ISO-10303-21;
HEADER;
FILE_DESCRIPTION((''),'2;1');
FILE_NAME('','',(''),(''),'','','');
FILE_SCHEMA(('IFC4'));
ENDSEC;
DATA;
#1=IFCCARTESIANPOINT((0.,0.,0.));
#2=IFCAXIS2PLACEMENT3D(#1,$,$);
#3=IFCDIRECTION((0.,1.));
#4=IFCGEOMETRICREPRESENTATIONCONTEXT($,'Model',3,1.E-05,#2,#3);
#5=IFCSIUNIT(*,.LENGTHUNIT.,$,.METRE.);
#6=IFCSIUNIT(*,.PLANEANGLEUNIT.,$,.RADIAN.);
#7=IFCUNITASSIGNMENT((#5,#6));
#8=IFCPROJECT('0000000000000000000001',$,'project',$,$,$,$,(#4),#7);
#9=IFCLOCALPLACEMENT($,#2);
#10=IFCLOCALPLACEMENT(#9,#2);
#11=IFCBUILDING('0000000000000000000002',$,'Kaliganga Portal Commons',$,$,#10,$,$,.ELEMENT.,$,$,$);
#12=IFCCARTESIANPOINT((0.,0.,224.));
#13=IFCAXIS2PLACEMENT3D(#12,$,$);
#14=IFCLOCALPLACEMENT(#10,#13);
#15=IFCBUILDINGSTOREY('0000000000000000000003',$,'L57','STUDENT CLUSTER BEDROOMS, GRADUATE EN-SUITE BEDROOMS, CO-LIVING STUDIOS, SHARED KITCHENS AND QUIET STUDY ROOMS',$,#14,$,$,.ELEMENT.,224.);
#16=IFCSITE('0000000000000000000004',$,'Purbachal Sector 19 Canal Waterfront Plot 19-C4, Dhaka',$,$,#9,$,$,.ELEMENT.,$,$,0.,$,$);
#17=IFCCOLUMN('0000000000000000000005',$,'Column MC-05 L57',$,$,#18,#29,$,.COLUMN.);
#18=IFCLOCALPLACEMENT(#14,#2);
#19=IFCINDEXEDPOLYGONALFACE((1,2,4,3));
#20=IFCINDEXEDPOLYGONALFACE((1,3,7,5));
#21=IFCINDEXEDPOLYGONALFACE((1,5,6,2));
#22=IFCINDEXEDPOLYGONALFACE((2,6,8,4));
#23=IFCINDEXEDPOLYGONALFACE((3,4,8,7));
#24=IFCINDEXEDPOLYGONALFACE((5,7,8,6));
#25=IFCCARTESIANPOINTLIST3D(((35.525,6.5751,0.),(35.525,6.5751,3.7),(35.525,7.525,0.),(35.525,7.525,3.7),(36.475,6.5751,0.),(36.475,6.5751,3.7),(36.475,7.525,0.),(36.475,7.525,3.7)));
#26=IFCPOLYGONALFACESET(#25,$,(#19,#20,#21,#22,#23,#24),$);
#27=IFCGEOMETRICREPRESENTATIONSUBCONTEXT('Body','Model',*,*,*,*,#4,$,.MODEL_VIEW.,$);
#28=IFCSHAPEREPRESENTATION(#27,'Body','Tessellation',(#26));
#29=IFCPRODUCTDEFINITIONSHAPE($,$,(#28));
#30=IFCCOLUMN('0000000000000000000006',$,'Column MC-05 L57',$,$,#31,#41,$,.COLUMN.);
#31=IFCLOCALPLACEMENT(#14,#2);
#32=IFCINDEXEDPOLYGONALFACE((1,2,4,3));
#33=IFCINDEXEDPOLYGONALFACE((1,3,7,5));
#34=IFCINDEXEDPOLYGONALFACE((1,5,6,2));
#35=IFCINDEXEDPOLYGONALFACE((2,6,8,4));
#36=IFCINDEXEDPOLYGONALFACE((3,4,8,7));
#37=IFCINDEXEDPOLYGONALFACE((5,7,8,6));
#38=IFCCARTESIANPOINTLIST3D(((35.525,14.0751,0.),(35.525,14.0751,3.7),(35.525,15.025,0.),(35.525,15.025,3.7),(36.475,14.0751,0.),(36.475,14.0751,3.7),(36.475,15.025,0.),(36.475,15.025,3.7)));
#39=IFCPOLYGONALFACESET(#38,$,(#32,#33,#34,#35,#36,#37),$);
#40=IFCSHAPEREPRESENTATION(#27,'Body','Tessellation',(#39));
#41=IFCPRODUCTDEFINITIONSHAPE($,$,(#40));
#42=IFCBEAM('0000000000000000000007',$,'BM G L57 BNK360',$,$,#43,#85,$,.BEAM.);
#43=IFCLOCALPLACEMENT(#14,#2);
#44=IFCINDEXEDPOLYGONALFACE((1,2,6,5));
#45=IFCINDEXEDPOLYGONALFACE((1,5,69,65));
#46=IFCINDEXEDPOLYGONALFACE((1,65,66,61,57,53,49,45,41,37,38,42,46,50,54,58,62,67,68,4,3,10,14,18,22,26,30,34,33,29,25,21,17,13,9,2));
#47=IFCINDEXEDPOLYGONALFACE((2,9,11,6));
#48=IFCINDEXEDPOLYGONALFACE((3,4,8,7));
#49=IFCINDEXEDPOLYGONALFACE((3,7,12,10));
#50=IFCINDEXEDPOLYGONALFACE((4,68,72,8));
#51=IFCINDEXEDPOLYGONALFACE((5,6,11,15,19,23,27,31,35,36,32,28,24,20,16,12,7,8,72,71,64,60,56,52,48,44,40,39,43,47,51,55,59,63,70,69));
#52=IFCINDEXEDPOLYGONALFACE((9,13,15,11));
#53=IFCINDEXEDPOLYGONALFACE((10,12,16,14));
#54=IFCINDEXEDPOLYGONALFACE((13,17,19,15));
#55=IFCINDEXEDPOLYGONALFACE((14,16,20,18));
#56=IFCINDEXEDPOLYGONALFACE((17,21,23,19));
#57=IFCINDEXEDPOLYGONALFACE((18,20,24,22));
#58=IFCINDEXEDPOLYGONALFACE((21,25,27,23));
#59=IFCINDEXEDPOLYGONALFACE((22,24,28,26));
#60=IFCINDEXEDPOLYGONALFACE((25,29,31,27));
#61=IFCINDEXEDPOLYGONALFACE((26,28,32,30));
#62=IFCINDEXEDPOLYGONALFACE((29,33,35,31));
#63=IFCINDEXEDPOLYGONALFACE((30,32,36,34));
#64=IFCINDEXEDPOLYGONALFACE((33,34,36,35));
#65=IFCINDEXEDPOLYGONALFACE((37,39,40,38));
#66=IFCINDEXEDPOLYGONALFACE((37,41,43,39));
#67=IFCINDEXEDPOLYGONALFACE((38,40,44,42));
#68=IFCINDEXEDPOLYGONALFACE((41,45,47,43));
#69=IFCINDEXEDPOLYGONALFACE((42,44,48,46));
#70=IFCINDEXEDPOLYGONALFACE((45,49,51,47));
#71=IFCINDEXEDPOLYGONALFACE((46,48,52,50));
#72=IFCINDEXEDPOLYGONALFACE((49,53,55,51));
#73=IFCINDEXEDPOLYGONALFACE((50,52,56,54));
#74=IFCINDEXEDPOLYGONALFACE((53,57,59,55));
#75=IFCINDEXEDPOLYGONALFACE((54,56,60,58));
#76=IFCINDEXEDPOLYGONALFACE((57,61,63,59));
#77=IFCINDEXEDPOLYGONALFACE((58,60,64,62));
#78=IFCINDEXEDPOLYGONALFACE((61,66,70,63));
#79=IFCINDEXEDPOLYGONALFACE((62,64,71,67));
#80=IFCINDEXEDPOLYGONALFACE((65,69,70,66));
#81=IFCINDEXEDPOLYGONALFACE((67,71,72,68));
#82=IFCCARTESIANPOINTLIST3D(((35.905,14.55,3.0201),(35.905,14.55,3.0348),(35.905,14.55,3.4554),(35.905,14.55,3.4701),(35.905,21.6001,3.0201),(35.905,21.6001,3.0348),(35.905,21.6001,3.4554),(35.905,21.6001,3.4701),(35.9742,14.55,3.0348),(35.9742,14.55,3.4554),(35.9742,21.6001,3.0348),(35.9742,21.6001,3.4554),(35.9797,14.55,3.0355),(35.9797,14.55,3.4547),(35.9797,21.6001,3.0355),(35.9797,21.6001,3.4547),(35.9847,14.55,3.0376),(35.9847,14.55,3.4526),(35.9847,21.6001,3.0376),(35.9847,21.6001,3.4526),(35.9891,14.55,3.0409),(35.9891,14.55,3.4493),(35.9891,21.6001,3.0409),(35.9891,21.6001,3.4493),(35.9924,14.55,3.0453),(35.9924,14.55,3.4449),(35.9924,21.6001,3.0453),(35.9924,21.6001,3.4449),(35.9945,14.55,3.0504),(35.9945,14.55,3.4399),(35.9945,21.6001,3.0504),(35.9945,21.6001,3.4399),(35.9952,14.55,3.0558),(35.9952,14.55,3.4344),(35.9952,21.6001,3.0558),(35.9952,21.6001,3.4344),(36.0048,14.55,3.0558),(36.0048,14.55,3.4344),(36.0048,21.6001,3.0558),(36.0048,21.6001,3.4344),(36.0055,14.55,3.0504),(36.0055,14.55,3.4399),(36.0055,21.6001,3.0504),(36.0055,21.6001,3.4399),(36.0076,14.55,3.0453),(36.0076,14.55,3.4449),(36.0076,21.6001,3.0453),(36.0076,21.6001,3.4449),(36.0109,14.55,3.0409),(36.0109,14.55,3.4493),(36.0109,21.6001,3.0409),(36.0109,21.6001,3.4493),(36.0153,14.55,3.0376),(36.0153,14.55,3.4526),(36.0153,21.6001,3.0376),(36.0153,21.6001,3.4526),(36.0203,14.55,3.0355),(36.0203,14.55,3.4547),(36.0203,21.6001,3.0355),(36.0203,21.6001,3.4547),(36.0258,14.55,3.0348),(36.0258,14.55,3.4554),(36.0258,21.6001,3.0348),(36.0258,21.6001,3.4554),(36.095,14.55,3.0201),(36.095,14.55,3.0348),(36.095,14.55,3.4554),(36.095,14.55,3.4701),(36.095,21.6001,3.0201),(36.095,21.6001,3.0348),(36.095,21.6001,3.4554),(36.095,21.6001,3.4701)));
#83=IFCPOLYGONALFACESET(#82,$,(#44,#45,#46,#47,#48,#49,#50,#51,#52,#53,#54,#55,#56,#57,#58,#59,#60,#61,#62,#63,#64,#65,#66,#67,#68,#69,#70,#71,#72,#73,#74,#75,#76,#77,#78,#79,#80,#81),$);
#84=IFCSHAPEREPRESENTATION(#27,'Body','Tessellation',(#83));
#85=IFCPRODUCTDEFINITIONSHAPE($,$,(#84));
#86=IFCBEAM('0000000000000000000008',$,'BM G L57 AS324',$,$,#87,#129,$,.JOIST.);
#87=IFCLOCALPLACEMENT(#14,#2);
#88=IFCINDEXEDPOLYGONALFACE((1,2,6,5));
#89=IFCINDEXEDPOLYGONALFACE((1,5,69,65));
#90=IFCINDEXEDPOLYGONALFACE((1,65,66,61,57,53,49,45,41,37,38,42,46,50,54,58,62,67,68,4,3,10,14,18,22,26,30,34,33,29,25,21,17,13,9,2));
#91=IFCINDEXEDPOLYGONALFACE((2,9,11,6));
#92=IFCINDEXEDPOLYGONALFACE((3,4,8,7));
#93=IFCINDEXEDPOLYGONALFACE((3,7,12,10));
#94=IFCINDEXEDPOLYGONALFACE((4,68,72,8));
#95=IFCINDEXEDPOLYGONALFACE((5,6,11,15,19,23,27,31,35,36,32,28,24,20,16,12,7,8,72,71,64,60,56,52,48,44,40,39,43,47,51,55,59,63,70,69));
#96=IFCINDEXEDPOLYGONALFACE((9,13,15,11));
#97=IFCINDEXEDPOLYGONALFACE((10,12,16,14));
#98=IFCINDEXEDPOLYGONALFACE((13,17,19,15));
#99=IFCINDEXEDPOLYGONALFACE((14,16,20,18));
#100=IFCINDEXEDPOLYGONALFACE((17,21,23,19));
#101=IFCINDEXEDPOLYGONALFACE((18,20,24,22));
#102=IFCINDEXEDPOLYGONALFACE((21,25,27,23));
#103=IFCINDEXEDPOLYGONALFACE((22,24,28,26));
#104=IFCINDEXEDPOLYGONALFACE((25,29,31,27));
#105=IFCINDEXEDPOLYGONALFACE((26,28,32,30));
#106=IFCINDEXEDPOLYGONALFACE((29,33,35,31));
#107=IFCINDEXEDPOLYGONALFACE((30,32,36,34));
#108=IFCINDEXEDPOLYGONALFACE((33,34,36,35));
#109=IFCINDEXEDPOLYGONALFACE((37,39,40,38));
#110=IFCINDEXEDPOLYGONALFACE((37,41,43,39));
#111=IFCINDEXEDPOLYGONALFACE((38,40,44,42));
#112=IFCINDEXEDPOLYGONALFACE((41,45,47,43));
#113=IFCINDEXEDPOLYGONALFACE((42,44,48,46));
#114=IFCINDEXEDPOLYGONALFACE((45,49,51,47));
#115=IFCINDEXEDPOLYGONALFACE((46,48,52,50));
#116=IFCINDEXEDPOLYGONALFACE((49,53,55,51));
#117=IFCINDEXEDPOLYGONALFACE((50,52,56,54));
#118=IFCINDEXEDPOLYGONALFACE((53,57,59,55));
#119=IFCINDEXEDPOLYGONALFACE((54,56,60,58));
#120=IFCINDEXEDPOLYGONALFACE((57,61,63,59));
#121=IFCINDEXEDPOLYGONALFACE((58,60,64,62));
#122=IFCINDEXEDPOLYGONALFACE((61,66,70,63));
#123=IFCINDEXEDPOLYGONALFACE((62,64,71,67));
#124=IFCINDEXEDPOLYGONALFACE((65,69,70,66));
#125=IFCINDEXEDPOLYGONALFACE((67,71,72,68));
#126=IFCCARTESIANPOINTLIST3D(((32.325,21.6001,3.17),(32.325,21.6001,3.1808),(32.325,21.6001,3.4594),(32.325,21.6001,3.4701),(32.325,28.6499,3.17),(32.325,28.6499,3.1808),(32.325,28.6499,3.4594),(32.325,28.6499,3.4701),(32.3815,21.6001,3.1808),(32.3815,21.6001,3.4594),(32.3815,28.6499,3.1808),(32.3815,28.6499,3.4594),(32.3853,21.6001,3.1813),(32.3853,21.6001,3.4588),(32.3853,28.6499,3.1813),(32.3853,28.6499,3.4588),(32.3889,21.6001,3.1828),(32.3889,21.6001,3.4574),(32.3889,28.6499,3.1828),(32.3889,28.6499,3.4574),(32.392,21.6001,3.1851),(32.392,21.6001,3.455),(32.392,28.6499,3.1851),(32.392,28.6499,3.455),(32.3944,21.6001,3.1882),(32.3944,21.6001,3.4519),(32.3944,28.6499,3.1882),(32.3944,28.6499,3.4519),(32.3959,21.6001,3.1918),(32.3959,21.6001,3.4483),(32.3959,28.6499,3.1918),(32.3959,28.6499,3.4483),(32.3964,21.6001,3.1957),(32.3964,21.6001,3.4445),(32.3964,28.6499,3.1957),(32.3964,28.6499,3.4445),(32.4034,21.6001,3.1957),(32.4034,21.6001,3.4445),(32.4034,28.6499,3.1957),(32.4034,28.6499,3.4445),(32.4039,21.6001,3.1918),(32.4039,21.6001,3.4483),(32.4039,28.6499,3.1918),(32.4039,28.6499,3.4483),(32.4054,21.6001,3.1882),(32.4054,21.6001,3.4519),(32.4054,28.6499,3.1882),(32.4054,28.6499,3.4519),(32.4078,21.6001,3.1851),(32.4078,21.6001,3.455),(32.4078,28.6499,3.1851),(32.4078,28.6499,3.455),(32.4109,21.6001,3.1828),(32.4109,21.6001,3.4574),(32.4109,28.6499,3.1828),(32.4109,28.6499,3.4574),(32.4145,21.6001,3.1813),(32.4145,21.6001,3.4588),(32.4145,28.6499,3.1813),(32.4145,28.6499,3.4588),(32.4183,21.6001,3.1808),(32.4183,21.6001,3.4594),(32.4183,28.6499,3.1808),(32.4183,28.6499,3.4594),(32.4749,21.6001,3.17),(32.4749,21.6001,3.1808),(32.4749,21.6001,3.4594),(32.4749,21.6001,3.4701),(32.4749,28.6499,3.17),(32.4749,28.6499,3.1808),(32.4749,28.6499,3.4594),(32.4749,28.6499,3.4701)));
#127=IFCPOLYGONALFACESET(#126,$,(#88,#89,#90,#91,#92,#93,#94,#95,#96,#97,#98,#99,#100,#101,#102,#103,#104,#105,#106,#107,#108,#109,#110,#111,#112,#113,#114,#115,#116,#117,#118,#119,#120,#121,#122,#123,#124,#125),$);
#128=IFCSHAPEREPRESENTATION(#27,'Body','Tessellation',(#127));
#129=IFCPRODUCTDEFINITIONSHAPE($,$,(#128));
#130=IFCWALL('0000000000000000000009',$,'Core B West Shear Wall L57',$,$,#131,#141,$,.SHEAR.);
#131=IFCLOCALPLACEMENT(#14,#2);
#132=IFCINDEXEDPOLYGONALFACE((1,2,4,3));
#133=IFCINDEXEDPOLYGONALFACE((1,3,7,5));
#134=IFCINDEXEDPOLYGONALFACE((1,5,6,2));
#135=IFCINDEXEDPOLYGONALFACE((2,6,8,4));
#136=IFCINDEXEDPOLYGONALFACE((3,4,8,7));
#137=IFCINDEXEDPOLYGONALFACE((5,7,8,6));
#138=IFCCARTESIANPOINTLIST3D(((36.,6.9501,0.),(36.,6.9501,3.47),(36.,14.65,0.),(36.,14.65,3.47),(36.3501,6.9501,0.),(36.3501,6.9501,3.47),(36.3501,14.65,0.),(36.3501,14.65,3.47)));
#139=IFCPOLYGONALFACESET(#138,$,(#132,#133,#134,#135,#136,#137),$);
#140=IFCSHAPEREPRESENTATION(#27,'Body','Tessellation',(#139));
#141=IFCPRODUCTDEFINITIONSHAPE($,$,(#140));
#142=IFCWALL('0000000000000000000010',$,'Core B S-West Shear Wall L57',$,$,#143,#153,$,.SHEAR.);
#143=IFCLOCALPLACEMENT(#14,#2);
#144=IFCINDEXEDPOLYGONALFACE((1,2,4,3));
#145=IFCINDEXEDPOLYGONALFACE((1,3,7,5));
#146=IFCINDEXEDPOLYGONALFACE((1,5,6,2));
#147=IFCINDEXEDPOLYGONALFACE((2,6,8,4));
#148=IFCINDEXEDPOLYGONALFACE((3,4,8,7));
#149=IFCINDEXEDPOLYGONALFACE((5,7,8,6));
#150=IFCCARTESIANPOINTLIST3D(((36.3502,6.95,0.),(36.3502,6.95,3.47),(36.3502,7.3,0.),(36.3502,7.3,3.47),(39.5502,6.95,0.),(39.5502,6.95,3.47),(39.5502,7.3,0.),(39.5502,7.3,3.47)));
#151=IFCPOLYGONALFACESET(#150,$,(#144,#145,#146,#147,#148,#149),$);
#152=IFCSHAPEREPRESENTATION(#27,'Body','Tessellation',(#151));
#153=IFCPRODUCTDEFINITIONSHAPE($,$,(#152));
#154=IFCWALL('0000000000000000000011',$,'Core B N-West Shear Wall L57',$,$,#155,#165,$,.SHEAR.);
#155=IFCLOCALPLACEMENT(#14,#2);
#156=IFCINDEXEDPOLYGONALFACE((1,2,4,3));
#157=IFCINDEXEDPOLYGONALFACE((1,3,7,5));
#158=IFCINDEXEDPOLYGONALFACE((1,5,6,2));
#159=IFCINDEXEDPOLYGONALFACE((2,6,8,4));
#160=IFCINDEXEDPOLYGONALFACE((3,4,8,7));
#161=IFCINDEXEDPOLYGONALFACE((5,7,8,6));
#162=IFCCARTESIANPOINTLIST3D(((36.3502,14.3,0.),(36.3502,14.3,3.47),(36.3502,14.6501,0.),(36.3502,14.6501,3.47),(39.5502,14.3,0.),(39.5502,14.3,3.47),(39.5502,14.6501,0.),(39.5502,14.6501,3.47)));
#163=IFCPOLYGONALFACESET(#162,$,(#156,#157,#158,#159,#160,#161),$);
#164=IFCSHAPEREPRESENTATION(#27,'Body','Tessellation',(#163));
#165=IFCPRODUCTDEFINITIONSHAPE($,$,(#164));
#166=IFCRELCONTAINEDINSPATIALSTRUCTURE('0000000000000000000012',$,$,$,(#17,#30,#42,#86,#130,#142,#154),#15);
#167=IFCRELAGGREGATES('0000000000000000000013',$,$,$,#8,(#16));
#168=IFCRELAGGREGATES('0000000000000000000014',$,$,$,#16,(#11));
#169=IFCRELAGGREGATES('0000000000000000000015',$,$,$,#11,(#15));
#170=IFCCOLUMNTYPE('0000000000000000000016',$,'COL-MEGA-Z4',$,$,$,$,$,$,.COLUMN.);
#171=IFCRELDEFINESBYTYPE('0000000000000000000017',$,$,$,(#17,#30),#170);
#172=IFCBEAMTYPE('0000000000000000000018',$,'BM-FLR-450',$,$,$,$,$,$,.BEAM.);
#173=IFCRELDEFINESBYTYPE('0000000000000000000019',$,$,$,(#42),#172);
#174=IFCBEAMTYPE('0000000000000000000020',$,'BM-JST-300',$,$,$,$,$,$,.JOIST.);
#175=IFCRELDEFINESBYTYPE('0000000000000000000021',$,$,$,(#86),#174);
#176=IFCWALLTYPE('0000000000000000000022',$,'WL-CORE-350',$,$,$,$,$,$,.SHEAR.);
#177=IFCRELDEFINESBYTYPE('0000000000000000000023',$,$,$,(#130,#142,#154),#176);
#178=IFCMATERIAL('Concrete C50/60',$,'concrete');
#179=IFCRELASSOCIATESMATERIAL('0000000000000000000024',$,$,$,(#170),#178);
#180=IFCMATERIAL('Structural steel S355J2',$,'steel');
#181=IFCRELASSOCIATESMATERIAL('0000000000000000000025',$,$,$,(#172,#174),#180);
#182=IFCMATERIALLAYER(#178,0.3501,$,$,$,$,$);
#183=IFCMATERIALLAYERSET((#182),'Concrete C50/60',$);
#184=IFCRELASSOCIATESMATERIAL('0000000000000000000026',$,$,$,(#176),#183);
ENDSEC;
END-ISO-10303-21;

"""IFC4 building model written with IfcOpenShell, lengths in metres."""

from ifc_helpers import new_model, si_unit, direction, frame, frame_2d, origin, origin_2d, place, context, subcontext, project, spatial, rectangle, i_section, extrude, source, transform, mapped, material, layer, layer_set, material_profile, profile_set, type_object, element, save


model = new_model("IFC4")

# Units and contexts
model_context = context("Model", 3, precision=1e-05, world=origin(), true_north=direction((0.0, 1.0)))
body_context = subcontext(model_context, "Body", "Model", "MODEL_VIEW")
ifc_project = project(units=[si_unit("LENGTHUNIT", "METRE"), si_unit("PLANEANGLEUNIT", "RADIAN")], contexts=[model_context])

# Site, building, storey
site_placement = place(None, origin())
site = spatial("IfcSite", under=ifc_project, at=site_placement, Name="Purbachal Sector 19 Canal Waterfront Plot 19-C4, Dhaka", CompositionType="ELEMENT", RefElevation=0.0)
building_placement = place(site_placement, origin())
building = spatial("IfcBuilding", under=site, at=building_placement, Name="Kaliganga Portal Commons", CompositionType="ELEMENT")
storey_placement = place(building_placement, frame((0.0, 0.0, 224.0)))
storey = spatial("IfcBuildingStorey", under=building, at=storey_placement, Name="L57", Description="STUDENT CLUSTER BEDROOMS, GRADUATE EN-SUITE BEDROOMS, CO-LIVING STUDIOS, SHARED KITCHENS AND QUIET STUDY ROOMS", CompositionType="ELEMENT", Elevation=224.0)

# Columns
ifc_material_1 = material(Name="Concrete C50/60", Category="concrete")
ifc_material_profile_1 = material_profile(ifc_material_1, rectangle(XDim=0.95, YDim=0.95, at=origin_2d()), Name="RC 950x950")
ifc_profile_set_1 = profile_set([ifc_material_profile_1], Name="Concrete C50/60")
column_type = type_object("IfcColumnType", Name="COL-MEGA-Z4", PredefinedType="COLUMN", material=ifc_profile_set_1)
shared_shape_1 = source(origin(), body_context, "Body", "SweptSolid", [
    extrude(rectangle(XDim=0.95, YDim=0.95, at=origin_2d()), origin(), (0.0, 0.0, 1.0), 3.7),
])
for number, where, z_axis, x_axis, name in (
    (1, (36.0, 7.05, 0.0), (0.0, 0.0, 1.0), (1.0, 0.0, 0.0), "Column MC-05 L57"),
    (2, (36.0, 14.55, 0.0), (0.0, 0.0, 1.0), (1.0, 0.0, 0.0), "Column MC-05 L57"),
):
    element("IfcColumn", number, at=place(storey_placement, frame(where, z_axis=z_axis, x_axis=x_axis)), inside=storey, type_object=column_type, Name=name, PredefinedType="COLUMN", context=body_context, shape_type="MappedRepresentation", body=[
        mapped(shared_shape_1, transform((0.0, 0.0, 0.0), x_axis=(1.0, 0.0, 0.0), y_axis=(0.0, 1.0, 0.0), z_axis=(0.0, 0.0, 1.0), scale=1.0)),
    ])

# Beams
ifc_material_2 = material(Name="Structural steel S355J2", Category="steel")
ifc_material_profile_2 = material_profile(ifc_material_2, i_section(OverallWidth=0.1899, OverallDepth=0.45, WebThickness=0.0095, FlangeThickness=0.0146, FilletRadius=0.021, at=origin_2d()), Name="IPE 450")
ifc_profile_set_2 = profile_set([ifc_material_profile_2], Name="Structural steel S355J2 wide-flange")
beam_type_1 = type_object("IfcBeamType", Name="BM-FLR-450", PredefinedType="BEAM", material=ifc_profile_set_2)
shared_shape_2 = source(origin(), body_context, "Body", "SweptSolid", [
    extrude(i_section(OverallWidth=0.1899, OverallDepth=0.45, WebThickness=0.0095, FlangeThickness=0.0146, FilletRadius=0.021, at=origin_2d()), origin(), (0.0, 0.0, 1.0), 7.05),
])
beam_1_placement = place(storey_placement, frame((36.0, 14.55, 3.2451), z_axis=(0.0, 1.0, 0.0), x_axis=(-1.0, 0.0, 0.0)))
element("IfcBeam", 3, at=beam_1_placement, inside=storey, type_object=beam_type_1, Name="BM G L57 BNK360", PredefinedType="BEAM", context=body_context, shape_type="MappedRepresentation", body=[
    mapped(shared_shape_2, transform((0.0, 0.0, 0.0), x_axis=(1.0, 0.0, 0.0), y_axis=(0.0, 1.0, 0.0), z_axis=(0.0, 0.0, 1.0), scale=1.0)),
])
ifc_material_profile_3 = material_profile(ifc_material_2, i_section(OverallWidth=0.1499, OverallDepth=0.3, WebThickness=0.0071, FlangeThickness=0.0107, FilletRadius=0.0149, at=origin_2d()), Name="IPE 300")
ifc_profile_set_3 = profile_set([ifc_material_profile_3], Name="Structural steel S355J2 wide-flange")
beam_type_2 = type_object("IfcBeamType", Name="BM-JST-300", PredefinedType="JOIST", material=ifc_profile_set_3)
shared_shape_3 = source(origin(), body_context, "Body", "SweptSolid", [
    extrude(i_section(OverallWidth=0.1499, OverallDepth=0.3, WebThickness=0.0071, FlangeThickness=0.0107, FilletRadius=0.0149, at=origin_2d()), origin(), (0.0, 0.0, 1.0), 7.0498),
])
beam_2_placement = place(storey_placement, frame((32.3999, 21.6001, 3.3201), z_axis=(0.0, 1.0, 0.0), x_axis=(-1.0, 0.0, 0.0)))
element("IfcBeam", 4, at=beam_2_placement, inside=storey, type_object=beam_type_2, Name="BM G L57 AS324", PredefinedType="JOIST", context=body_context, shape_type="MappedRepresentation", body=[
    mapped(shared_shape_3, transform((0.0, 0.0, 0.0), x_axis=(1.0, 0.0, 0.0), y_axis=(0.0, 1.0, 0.0), z_axis=(0.0, 0.0, 1.0), scale=1.0)),
])

# Walls
ifc_layer_1 = layer(ifc_material_1, 0.3501)
ifc_layer_set_1 = layer_set([ifc_layer_1], Name="Concrete C50/60")
wall_type_1 = type_object("IfcWallType", Name="WL-CORE-350", PredefinedType="SHEAR", material=ifc_layer_set_1)
wall_1_placement = place(storey_placement, frame((36.175, 6.95, 0.0), z_axis=(0.0, 0.0, 1.0), x_axis=(0.0, 1.0, 0.0)))
element("IfcWall", 5, at=wall_1_placement, inside=storey, type_object=wall_type_1, Name="Core B West Shear Wall L57", PredefinedType="SHEAR", context=body_context, shape_type="SweptSolid", body=[
    extrude(rectangle(XDim=7.7, YDim=0.3501, at=frame_2d((3.8501, 0.0))), origin(), (0.0, 0.0, 1.0), 3.47),
])
for number, where, z_axis, x_axis, name in (
    (6, (36.3501, 7.125, 0.0), (0.0, 0.0, 1.0), (1.0, 0.0, 0.0), "Core B S-West Shear Wall L57"),
    (7, (36.3501, 14.4751, 0.0), (0.0, 0.0, 1.0), (1.0, 0.0, 0.0), "Core B N-West Shear Wall L57"),
):
    element("IfcWall", number, at=place(storey_placement, frame(where, z_axis=z_axis, x_axis=x_axis)), inside=storey, type_object=wall_type_1, Name=name, PredefinedType="SHEAR", context=body_context, shape_type="SweptSolid", body=[
        extrude(rectangle(XDim=3.2, YDim=0.3501, at=frame_2d((1.6001, 0.0))), origin(), (0.0, 0.0, 1.0), 3.47),
    ])

save(model, "model.ifc")
